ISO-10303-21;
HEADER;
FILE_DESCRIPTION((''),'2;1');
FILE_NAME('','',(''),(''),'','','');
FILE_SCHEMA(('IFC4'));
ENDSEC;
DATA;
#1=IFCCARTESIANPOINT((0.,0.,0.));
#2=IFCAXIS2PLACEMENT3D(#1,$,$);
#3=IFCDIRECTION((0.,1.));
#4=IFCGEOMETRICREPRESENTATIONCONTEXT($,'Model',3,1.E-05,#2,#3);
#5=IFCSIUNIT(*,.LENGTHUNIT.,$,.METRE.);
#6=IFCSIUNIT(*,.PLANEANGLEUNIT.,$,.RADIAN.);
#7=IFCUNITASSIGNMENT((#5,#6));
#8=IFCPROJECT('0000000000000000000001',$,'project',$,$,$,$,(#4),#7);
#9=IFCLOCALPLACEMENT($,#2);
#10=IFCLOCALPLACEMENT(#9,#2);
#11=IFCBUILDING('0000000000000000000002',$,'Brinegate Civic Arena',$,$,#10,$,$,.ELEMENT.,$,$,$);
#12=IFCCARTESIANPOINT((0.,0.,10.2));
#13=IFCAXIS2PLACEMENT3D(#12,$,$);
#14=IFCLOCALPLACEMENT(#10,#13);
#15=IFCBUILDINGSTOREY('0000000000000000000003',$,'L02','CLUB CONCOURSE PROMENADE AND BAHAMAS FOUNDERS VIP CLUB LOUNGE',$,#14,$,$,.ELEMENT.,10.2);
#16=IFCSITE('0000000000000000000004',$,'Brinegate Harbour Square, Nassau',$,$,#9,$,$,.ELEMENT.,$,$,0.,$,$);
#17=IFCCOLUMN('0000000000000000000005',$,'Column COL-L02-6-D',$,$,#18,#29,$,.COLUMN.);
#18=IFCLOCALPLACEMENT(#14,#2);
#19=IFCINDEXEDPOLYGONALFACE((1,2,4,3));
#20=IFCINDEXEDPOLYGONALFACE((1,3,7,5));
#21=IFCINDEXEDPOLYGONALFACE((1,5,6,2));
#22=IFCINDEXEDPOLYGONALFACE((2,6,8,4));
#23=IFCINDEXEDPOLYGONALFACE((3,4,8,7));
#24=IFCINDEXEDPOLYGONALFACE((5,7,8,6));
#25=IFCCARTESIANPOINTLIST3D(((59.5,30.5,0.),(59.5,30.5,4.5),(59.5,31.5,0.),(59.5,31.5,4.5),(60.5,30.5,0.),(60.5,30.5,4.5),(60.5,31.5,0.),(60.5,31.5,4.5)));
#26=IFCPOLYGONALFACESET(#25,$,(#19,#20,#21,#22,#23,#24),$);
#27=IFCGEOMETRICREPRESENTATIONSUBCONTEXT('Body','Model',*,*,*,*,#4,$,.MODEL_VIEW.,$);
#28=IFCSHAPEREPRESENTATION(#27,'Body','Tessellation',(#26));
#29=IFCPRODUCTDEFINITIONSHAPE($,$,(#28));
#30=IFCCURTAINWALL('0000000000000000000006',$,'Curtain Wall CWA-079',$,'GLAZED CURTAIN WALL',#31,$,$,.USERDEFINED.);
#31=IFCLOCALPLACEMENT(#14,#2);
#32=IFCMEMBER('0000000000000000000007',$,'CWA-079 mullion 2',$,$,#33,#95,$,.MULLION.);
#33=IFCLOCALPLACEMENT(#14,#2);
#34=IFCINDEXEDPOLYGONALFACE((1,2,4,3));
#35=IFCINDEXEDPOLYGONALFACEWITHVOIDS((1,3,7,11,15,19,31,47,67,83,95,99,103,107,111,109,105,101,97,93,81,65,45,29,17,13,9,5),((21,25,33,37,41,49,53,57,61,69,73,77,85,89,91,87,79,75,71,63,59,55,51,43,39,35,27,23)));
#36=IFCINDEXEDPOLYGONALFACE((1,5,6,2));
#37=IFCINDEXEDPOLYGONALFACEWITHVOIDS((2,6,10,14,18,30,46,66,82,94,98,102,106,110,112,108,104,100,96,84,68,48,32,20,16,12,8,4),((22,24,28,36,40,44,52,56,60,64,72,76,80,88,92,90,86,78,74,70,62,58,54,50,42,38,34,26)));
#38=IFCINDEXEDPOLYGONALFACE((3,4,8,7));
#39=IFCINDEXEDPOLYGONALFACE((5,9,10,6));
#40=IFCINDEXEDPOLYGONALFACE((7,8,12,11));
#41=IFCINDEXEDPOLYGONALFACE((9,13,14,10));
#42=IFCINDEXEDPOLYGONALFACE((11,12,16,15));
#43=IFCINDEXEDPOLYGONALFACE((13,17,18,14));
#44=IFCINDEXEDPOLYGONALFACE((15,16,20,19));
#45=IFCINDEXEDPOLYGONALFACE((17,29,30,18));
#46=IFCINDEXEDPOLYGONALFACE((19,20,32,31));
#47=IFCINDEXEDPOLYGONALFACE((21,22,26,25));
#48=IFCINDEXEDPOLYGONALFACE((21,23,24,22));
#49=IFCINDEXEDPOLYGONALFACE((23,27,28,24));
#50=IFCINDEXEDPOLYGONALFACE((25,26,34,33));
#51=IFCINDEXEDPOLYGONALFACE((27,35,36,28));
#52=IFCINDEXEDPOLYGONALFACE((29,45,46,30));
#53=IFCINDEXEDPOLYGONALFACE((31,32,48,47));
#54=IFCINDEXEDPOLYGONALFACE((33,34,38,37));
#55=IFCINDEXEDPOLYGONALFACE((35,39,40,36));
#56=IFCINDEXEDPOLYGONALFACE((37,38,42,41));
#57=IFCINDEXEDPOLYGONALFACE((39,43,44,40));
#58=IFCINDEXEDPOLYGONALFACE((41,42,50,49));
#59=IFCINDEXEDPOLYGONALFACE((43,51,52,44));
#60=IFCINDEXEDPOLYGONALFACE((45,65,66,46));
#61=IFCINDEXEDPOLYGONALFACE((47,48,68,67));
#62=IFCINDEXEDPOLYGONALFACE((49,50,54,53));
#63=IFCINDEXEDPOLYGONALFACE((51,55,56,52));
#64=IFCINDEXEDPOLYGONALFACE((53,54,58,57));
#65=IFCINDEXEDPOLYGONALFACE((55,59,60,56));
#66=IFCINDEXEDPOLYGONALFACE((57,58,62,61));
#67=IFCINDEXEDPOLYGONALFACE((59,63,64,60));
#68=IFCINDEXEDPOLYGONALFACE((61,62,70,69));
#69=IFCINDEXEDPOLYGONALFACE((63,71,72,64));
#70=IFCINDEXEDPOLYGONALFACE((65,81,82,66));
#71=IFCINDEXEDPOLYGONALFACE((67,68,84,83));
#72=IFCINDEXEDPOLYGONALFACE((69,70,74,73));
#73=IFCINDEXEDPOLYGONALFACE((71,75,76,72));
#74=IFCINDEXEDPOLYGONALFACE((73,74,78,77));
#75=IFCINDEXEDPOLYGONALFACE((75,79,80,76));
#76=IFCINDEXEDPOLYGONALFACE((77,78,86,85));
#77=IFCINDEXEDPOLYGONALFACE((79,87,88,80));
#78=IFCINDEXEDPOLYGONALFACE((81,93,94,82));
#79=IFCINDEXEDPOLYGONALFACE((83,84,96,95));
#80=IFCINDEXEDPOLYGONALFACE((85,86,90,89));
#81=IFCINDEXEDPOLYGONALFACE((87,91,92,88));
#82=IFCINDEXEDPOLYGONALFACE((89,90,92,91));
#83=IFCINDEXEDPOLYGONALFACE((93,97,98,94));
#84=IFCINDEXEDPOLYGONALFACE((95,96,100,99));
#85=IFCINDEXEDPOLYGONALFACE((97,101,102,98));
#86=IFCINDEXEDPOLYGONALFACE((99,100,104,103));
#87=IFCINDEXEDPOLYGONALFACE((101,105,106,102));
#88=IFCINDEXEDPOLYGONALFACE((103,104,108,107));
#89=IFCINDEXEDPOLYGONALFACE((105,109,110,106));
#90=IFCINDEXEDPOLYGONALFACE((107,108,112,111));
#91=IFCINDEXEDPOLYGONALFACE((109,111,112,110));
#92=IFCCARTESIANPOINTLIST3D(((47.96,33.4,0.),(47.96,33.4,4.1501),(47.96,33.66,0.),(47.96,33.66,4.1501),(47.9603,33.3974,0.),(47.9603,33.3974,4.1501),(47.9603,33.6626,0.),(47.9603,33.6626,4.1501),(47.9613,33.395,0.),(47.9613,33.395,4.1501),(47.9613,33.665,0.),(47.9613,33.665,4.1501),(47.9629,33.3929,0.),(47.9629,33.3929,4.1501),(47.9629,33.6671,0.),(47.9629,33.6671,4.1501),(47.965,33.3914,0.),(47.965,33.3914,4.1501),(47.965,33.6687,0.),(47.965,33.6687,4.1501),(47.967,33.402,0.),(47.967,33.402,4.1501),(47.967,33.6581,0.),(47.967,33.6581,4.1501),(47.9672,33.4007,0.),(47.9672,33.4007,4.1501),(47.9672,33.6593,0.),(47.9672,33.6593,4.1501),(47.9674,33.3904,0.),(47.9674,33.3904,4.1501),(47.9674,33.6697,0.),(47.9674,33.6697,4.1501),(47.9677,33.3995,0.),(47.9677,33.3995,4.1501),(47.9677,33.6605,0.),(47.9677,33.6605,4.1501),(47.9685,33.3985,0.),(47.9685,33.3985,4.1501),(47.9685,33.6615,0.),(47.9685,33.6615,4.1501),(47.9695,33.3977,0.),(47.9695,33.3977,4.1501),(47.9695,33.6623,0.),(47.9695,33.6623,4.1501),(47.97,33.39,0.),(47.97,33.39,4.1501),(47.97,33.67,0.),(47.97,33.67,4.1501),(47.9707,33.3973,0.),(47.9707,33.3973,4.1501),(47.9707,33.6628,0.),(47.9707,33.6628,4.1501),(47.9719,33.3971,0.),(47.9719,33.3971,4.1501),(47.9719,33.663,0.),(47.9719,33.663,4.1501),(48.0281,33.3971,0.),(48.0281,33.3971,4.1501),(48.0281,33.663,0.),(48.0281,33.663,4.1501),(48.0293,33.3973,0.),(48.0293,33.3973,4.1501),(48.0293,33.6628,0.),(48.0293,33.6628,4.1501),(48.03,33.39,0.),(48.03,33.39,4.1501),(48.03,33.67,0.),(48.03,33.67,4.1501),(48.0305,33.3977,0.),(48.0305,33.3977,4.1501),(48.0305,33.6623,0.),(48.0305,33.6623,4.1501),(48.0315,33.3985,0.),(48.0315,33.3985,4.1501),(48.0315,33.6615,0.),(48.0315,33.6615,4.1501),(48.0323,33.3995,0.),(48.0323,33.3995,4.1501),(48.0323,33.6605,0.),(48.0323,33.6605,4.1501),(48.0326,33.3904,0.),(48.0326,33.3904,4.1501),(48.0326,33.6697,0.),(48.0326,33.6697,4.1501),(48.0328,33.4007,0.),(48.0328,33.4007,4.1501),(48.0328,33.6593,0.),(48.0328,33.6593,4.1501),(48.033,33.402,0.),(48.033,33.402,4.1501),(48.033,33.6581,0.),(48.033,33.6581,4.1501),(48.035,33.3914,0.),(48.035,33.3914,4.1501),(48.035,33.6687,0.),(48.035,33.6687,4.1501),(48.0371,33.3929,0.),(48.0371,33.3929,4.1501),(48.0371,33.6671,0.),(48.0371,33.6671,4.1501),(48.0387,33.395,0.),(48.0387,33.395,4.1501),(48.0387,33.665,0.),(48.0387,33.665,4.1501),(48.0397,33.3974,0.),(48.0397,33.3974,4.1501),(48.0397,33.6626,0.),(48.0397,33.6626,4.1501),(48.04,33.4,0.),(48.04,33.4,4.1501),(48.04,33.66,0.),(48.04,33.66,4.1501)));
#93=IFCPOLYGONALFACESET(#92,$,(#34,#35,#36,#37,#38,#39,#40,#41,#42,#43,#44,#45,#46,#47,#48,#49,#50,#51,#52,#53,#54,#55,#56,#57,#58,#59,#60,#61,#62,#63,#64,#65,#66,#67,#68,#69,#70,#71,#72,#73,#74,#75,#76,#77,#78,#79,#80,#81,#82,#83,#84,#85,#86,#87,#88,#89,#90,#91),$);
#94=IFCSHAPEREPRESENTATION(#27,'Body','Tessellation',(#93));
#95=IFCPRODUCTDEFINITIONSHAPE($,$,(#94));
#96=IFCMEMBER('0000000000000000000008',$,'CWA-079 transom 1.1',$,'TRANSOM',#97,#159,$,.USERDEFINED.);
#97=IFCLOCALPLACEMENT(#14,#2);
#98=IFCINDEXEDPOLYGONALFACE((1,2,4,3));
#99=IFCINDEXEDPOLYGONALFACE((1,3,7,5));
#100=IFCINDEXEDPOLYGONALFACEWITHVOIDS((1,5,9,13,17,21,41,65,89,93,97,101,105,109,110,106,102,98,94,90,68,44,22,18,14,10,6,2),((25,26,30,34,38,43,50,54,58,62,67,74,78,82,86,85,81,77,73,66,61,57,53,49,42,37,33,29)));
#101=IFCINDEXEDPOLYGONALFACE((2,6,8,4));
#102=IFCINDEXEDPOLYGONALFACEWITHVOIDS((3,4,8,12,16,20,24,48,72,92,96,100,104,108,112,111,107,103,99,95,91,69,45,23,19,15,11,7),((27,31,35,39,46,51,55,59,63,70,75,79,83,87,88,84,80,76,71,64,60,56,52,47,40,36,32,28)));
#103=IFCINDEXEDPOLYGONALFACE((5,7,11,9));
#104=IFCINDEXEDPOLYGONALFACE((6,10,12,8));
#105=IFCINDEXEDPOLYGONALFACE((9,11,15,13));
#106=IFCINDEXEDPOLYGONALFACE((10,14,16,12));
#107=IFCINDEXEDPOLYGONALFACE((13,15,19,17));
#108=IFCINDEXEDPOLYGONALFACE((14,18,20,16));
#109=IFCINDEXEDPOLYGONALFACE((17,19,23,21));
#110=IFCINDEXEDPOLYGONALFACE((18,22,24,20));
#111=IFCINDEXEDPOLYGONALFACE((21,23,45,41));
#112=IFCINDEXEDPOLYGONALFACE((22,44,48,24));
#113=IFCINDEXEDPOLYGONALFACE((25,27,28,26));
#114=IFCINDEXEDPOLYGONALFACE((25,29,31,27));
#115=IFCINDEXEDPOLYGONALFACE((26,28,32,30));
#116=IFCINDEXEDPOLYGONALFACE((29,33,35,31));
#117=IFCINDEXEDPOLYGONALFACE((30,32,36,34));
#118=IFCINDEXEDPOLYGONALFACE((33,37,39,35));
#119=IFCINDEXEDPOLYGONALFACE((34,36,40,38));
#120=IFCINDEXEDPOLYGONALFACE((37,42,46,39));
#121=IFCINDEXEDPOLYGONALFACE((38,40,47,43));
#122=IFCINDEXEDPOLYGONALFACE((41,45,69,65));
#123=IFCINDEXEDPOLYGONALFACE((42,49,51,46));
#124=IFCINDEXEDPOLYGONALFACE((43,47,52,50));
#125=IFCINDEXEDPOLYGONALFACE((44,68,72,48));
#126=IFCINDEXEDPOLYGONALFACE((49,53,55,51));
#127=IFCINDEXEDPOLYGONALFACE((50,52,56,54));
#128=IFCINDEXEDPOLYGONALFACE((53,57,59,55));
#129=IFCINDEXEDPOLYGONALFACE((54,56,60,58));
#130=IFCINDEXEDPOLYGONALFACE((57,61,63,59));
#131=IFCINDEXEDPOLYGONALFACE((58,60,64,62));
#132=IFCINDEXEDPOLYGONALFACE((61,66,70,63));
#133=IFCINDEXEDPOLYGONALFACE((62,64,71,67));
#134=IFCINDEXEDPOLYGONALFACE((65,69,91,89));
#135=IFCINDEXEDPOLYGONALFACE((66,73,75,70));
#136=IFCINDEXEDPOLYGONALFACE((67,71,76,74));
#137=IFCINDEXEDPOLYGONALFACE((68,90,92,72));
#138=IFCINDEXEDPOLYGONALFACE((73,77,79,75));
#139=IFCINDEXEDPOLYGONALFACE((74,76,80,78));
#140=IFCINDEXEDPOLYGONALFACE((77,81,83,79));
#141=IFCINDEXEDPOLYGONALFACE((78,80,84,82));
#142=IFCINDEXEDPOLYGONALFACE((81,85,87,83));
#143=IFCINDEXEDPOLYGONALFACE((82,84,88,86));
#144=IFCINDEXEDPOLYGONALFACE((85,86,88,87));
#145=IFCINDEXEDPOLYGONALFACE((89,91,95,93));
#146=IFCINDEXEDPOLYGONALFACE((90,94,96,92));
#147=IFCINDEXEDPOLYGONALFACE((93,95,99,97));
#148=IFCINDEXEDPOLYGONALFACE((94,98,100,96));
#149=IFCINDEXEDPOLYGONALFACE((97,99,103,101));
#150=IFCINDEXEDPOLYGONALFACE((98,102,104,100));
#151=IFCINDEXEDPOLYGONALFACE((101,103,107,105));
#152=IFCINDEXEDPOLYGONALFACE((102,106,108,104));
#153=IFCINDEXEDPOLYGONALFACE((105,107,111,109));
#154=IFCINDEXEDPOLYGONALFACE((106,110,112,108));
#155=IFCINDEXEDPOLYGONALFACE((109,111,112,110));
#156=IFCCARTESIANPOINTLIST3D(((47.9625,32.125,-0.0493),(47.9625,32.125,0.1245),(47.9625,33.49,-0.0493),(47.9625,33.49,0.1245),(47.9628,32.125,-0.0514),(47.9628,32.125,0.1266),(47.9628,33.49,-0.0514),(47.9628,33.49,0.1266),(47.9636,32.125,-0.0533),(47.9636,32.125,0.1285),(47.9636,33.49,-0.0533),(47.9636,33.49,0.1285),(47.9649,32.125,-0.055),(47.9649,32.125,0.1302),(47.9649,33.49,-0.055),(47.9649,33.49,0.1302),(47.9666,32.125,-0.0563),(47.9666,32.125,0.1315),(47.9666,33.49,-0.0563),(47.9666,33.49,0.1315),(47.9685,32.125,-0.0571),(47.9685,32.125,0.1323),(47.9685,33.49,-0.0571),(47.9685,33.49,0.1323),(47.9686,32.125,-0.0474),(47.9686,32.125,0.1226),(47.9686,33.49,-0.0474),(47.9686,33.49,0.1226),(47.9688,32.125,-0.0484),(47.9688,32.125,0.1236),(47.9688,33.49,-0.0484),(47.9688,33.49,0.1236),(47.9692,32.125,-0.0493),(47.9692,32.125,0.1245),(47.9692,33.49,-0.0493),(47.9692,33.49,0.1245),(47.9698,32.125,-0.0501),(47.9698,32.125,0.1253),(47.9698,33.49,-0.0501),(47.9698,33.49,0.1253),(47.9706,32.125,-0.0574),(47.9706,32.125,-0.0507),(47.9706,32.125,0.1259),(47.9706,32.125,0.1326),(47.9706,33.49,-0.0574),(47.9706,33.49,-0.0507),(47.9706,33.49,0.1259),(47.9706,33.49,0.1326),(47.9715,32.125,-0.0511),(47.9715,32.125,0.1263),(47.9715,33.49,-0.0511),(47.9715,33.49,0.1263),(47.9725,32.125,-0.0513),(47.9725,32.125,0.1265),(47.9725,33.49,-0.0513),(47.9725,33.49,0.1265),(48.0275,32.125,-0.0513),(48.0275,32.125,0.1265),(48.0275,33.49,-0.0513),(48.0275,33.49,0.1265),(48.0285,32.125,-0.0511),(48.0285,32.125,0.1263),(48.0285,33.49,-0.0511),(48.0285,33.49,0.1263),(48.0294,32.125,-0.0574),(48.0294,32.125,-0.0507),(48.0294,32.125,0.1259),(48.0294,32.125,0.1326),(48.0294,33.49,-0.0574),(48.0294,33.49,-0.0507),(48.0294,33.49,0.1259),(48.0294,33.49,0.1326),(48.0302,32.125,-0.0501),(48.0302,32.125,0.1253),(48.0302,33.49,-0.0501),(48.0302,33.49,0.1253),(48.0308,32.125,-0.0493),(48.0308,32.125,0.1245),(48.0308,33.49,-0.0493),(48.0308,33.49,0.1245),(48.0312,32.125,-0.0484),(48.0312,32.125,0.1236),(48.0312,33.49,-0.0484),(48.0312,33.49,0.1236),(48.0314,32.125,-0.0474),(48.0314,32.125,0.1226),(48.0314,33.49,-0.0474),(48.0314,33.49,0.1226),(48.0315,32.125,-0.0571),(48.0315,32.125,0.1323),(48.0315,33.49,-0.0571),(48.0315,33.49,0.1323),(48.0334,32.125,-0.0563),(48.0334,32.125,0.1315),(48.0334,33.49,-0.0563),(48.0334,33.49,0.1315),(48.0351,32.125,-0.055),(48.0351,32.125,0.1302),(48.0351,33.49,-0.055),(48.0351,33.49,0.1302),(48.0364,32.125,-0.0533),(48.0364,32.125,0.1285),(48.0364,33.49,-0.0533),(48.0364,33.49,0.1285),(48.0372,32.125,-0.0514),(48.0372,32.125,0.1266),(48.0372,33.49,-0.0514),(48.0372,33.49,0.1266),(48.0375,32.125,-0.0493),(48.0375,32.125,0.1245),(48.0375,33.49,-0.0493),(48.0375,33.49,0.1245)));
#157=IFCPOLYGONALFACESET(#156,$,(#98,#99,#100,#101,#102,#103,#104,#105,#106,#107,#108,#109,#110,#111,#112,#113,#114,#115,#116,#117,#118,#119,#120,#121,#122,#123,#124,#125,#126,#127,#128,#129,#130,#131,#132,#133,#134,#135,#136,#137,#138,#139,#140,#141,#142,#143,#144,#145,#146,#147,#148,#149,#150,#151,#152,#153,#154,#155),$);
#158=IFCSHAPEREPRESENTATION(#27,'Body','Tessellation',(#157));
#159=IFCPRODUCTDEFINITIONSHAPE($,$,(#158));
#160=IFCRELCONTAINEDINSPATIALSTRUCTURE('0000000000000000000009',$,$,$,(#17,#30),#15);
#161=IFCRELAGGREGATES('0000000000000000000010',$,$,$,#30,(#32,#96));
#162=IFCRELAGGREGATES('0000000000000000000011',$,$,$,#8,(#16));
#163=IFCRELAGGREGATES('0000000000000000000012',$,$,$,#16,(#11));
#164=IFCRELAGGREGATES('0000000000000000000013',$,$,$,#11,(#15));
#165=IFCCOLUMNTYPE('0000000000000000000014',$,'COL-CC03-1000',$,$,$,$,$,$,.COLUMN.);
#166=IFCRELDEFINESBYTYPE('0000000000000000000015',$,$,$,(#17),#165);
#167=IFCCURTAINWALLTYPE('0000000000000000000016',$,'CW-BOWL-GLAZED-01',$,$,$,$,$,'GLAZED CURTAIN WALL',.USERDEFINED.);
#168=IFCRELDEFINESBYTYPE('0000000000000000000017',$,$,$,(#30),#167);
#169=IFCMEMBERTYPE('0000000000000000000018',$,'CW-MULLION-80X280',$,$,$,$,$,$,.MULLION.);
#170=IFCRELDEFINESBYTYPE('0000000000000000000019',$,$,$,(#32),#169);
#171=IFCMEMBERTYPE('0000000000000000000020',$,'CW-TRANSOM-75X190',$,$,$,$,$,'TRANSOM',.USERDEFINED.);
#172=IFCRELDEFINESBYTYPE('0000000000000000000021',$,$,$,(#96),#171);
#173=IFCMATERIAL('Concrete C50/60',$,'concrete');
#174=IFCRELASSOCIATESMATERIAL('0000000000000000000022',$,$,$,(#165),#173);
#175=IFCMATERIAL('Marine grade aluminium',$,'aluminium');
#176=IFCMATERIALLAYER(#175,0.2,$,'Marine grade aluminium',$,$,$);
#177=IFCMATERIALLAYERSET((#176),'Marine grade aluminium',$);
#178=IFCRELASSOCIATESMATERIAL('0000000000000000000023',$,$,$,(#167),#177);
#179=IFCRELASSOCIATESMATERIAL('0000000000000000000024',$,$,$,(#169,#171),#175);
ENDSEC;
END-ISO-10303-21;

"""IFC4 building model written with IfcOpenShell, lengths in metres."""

from ifc_helpers import new_model, si_unit, direction, frame, origin, origin_2d, place, context, subcontext, project, spatial, rectangle, hollow_rectangle, extrude, material, layer, layer_set, material_profile, profile_set, type_object, element, aggregate, save


model = new_model("IFC4")

# Units and contexts
model_context = context("Model", 3, precision=1e-05, world=origin(), true_north=direction((0.0, 1.0)))
body_context = subcontext(model_context, "Body", "Model", "MODEL_VIEW")
ifc_project = project(units=[si_unit("LENGTHUNIT", "METRE"), si_unit("PLANEANGLEUNIT", "RADIAN")], contexts=[model_context])

# Site, building, storey
site_placement = place(None, origin())
site = spatial("IfcSite", under=ifc_project, at=site_placement, Name="Brinegate Harbour Square, Nassau", CompositionType="ELEMENT", RefElevation=0.0)
building_placement = place(site_placement, origin())
building = spatial("IfcBuilding", under=site, at=building_placement, Name="Brinegate Civic Arena", CompositionType="ELEMENT")
storey_placement = place(building_placement, frame((0.0, 0.0, 10.2)))
storey = spatial("IfcBuildingStorey", under=building, at=storey_placement, Name="L02", Description="CLUB CONCOURSE PROMENADE AND BAHAMAS FOUNDERS VIP CLUB LOUNGE", CompositionType="ELEMENT", Elevation=10.2)

# Column
ifc_material_1 = material(Name="Concrete C50/60", Category="concrete")
ifc_material_profile_1 = material_profile(ifc_material_1, rectangle(XDim=1.0, YDim=1.0, at=origin_2d()), Name="RC1000X1000")
ifc_profile_set_1 = profile_set([ifc_material_profile_1], Name="Concrete C50/60")
column_type = type_object("IfcColumnType", Name="COL-CC03-1000", PredefinedType="COLUMN", material=ifc_profile_set_1)
column_placement = place(storey_placement, frame((60.0, 31.0, 0.0), z_axis=(0.0, 0.0, 1.0), x_axis=(1.0, 0.0, 0.0)))
element("IfcColumn", 1, at=column_placement, inside=storey, type_object=column_type, Name="Column COL-L02-6-D", PredefinedType="COLUMN", context=body_context, shape_type="SweptSolid", body=[
    extrude(rectangle(XDim=1.0, YDim=1.0, at=origin_2d()), origin(), (0.0, 0.0, 1.0), 4.5),
])

# Curtain wall, members
ifc_material_2 = material(Name="Marine grade aluminium", Category="aluminium")
ifc_layer_1 = layer(ifc_material_2, 0.2, Name="Marine grade aluminium")
ifc_layer_set_1 = layer_set([ifc_layer_1], Name="Marine grade aluminium")
curtain_wall_type = type_object("IfcCurtainWallType", Name="CW-BOWL-GLAZED-01", ElementType="GLAZED CURTAIN WALL", PredefinedType="USERDEFINED", material=ifc_layer_set_1)
curtain_wall_placement = place(storey_placement, origin())
curtain_wall = element("IfcCurtainWall", 2, at=curtain_wall_placement, inside=storey, type_object=curtain_wall_type, Name="Curtain Wall CWA-079", ObjectType="GLAZED CURTAIN WALL", PredefinedType="USERDEFINED")
ifc_material_profile_2 = material_profile(ifc_material_2, hollow_rectangle(XDim=0.0801, YDim=0.28, WallThickness=0.0071, InnerFilletRadius=0.0049, OuterFilletRadius=0.01, at=origin_2d()), Name="MUL80X280")
ifc_profile_set_2 = profile_set([ifc_material_profile_2], Name="Marine grade aluminium")
member_type_1 = type_object("IfcMemberType", Name="CW-MULLION-80X280", PredefinedType="MULLION", material=ifc_profile_set_2)
member_1_placement = place(storey_placement, frame((48.0, 33.53, 0.0), z_axis=(0.0, 0.0, 1.0), x_axis=(-1.0, 0.0, 0.0)))
member_1 = element("IfcMember", 3, at=member_1_placement, type_object=member_type_1, Name="CWA-079 mullion 2", PredefinedType="MULLION", context=body_context, shape_type="SweptSolid", body=[
    extrude(hollow_rectangle(XDim=0.0801, YDim=0.28, WallThickness=0.0071, InnerFilletRadius=0.0049, OuterFilletRadius=0.01, at=origin_2d()), origin(), (0.0, 0.0, 1.0), 4.1501),
])
ifc_material_profile_3 = material_profile(ifc_material_2, hollow_rectangle(XDim=0.075, YDim=0.1899, WallThickness=0.0061, InnerFilletRadius=0.0039, OuterFilletRadius=0.0081, at=origin_2d()), Name="TRN75X190")
ifc_profile_set_3 = profile_set([ifc_material_profile_3], Name="Marine grade aluminium")
member_type_2 = type_object("IfcMemberType", Name="CW-TRANSOM-75X190", ElementType="TRANSOM", PredefinedType="USERDEFINED", material=ifc_profile_set_3)
member_2_placement = place(storey_placement, frame((48.0, 32.125, 0.0376), z_axis=(0.0, 1.0, 0.0), x_axis=(-1.0, 0.0, 0.0)))
member_2 = element("IfcMember", 4, at=member_2_placement, type_object=member_type_2, Name="CWA-079 transom 1.1", ObjectType="TRANSOM", PredefinedType="USERDEFINED", context=body_context, shape_type="SweptSolid", body=[
    extrude(hollow_rectangle(XDim=0.075, YDim=0.1899, WallThickness=0.0061, InnerFilletRadius=0.0039, OuterFilletRadius=0.0081, at=origin_2d()), origin(), (0.0, 0.0, 1.0), 1.365),
])

aggregate(curtain_wall, [member_1, member_2])

save(model, "model.ifc")
